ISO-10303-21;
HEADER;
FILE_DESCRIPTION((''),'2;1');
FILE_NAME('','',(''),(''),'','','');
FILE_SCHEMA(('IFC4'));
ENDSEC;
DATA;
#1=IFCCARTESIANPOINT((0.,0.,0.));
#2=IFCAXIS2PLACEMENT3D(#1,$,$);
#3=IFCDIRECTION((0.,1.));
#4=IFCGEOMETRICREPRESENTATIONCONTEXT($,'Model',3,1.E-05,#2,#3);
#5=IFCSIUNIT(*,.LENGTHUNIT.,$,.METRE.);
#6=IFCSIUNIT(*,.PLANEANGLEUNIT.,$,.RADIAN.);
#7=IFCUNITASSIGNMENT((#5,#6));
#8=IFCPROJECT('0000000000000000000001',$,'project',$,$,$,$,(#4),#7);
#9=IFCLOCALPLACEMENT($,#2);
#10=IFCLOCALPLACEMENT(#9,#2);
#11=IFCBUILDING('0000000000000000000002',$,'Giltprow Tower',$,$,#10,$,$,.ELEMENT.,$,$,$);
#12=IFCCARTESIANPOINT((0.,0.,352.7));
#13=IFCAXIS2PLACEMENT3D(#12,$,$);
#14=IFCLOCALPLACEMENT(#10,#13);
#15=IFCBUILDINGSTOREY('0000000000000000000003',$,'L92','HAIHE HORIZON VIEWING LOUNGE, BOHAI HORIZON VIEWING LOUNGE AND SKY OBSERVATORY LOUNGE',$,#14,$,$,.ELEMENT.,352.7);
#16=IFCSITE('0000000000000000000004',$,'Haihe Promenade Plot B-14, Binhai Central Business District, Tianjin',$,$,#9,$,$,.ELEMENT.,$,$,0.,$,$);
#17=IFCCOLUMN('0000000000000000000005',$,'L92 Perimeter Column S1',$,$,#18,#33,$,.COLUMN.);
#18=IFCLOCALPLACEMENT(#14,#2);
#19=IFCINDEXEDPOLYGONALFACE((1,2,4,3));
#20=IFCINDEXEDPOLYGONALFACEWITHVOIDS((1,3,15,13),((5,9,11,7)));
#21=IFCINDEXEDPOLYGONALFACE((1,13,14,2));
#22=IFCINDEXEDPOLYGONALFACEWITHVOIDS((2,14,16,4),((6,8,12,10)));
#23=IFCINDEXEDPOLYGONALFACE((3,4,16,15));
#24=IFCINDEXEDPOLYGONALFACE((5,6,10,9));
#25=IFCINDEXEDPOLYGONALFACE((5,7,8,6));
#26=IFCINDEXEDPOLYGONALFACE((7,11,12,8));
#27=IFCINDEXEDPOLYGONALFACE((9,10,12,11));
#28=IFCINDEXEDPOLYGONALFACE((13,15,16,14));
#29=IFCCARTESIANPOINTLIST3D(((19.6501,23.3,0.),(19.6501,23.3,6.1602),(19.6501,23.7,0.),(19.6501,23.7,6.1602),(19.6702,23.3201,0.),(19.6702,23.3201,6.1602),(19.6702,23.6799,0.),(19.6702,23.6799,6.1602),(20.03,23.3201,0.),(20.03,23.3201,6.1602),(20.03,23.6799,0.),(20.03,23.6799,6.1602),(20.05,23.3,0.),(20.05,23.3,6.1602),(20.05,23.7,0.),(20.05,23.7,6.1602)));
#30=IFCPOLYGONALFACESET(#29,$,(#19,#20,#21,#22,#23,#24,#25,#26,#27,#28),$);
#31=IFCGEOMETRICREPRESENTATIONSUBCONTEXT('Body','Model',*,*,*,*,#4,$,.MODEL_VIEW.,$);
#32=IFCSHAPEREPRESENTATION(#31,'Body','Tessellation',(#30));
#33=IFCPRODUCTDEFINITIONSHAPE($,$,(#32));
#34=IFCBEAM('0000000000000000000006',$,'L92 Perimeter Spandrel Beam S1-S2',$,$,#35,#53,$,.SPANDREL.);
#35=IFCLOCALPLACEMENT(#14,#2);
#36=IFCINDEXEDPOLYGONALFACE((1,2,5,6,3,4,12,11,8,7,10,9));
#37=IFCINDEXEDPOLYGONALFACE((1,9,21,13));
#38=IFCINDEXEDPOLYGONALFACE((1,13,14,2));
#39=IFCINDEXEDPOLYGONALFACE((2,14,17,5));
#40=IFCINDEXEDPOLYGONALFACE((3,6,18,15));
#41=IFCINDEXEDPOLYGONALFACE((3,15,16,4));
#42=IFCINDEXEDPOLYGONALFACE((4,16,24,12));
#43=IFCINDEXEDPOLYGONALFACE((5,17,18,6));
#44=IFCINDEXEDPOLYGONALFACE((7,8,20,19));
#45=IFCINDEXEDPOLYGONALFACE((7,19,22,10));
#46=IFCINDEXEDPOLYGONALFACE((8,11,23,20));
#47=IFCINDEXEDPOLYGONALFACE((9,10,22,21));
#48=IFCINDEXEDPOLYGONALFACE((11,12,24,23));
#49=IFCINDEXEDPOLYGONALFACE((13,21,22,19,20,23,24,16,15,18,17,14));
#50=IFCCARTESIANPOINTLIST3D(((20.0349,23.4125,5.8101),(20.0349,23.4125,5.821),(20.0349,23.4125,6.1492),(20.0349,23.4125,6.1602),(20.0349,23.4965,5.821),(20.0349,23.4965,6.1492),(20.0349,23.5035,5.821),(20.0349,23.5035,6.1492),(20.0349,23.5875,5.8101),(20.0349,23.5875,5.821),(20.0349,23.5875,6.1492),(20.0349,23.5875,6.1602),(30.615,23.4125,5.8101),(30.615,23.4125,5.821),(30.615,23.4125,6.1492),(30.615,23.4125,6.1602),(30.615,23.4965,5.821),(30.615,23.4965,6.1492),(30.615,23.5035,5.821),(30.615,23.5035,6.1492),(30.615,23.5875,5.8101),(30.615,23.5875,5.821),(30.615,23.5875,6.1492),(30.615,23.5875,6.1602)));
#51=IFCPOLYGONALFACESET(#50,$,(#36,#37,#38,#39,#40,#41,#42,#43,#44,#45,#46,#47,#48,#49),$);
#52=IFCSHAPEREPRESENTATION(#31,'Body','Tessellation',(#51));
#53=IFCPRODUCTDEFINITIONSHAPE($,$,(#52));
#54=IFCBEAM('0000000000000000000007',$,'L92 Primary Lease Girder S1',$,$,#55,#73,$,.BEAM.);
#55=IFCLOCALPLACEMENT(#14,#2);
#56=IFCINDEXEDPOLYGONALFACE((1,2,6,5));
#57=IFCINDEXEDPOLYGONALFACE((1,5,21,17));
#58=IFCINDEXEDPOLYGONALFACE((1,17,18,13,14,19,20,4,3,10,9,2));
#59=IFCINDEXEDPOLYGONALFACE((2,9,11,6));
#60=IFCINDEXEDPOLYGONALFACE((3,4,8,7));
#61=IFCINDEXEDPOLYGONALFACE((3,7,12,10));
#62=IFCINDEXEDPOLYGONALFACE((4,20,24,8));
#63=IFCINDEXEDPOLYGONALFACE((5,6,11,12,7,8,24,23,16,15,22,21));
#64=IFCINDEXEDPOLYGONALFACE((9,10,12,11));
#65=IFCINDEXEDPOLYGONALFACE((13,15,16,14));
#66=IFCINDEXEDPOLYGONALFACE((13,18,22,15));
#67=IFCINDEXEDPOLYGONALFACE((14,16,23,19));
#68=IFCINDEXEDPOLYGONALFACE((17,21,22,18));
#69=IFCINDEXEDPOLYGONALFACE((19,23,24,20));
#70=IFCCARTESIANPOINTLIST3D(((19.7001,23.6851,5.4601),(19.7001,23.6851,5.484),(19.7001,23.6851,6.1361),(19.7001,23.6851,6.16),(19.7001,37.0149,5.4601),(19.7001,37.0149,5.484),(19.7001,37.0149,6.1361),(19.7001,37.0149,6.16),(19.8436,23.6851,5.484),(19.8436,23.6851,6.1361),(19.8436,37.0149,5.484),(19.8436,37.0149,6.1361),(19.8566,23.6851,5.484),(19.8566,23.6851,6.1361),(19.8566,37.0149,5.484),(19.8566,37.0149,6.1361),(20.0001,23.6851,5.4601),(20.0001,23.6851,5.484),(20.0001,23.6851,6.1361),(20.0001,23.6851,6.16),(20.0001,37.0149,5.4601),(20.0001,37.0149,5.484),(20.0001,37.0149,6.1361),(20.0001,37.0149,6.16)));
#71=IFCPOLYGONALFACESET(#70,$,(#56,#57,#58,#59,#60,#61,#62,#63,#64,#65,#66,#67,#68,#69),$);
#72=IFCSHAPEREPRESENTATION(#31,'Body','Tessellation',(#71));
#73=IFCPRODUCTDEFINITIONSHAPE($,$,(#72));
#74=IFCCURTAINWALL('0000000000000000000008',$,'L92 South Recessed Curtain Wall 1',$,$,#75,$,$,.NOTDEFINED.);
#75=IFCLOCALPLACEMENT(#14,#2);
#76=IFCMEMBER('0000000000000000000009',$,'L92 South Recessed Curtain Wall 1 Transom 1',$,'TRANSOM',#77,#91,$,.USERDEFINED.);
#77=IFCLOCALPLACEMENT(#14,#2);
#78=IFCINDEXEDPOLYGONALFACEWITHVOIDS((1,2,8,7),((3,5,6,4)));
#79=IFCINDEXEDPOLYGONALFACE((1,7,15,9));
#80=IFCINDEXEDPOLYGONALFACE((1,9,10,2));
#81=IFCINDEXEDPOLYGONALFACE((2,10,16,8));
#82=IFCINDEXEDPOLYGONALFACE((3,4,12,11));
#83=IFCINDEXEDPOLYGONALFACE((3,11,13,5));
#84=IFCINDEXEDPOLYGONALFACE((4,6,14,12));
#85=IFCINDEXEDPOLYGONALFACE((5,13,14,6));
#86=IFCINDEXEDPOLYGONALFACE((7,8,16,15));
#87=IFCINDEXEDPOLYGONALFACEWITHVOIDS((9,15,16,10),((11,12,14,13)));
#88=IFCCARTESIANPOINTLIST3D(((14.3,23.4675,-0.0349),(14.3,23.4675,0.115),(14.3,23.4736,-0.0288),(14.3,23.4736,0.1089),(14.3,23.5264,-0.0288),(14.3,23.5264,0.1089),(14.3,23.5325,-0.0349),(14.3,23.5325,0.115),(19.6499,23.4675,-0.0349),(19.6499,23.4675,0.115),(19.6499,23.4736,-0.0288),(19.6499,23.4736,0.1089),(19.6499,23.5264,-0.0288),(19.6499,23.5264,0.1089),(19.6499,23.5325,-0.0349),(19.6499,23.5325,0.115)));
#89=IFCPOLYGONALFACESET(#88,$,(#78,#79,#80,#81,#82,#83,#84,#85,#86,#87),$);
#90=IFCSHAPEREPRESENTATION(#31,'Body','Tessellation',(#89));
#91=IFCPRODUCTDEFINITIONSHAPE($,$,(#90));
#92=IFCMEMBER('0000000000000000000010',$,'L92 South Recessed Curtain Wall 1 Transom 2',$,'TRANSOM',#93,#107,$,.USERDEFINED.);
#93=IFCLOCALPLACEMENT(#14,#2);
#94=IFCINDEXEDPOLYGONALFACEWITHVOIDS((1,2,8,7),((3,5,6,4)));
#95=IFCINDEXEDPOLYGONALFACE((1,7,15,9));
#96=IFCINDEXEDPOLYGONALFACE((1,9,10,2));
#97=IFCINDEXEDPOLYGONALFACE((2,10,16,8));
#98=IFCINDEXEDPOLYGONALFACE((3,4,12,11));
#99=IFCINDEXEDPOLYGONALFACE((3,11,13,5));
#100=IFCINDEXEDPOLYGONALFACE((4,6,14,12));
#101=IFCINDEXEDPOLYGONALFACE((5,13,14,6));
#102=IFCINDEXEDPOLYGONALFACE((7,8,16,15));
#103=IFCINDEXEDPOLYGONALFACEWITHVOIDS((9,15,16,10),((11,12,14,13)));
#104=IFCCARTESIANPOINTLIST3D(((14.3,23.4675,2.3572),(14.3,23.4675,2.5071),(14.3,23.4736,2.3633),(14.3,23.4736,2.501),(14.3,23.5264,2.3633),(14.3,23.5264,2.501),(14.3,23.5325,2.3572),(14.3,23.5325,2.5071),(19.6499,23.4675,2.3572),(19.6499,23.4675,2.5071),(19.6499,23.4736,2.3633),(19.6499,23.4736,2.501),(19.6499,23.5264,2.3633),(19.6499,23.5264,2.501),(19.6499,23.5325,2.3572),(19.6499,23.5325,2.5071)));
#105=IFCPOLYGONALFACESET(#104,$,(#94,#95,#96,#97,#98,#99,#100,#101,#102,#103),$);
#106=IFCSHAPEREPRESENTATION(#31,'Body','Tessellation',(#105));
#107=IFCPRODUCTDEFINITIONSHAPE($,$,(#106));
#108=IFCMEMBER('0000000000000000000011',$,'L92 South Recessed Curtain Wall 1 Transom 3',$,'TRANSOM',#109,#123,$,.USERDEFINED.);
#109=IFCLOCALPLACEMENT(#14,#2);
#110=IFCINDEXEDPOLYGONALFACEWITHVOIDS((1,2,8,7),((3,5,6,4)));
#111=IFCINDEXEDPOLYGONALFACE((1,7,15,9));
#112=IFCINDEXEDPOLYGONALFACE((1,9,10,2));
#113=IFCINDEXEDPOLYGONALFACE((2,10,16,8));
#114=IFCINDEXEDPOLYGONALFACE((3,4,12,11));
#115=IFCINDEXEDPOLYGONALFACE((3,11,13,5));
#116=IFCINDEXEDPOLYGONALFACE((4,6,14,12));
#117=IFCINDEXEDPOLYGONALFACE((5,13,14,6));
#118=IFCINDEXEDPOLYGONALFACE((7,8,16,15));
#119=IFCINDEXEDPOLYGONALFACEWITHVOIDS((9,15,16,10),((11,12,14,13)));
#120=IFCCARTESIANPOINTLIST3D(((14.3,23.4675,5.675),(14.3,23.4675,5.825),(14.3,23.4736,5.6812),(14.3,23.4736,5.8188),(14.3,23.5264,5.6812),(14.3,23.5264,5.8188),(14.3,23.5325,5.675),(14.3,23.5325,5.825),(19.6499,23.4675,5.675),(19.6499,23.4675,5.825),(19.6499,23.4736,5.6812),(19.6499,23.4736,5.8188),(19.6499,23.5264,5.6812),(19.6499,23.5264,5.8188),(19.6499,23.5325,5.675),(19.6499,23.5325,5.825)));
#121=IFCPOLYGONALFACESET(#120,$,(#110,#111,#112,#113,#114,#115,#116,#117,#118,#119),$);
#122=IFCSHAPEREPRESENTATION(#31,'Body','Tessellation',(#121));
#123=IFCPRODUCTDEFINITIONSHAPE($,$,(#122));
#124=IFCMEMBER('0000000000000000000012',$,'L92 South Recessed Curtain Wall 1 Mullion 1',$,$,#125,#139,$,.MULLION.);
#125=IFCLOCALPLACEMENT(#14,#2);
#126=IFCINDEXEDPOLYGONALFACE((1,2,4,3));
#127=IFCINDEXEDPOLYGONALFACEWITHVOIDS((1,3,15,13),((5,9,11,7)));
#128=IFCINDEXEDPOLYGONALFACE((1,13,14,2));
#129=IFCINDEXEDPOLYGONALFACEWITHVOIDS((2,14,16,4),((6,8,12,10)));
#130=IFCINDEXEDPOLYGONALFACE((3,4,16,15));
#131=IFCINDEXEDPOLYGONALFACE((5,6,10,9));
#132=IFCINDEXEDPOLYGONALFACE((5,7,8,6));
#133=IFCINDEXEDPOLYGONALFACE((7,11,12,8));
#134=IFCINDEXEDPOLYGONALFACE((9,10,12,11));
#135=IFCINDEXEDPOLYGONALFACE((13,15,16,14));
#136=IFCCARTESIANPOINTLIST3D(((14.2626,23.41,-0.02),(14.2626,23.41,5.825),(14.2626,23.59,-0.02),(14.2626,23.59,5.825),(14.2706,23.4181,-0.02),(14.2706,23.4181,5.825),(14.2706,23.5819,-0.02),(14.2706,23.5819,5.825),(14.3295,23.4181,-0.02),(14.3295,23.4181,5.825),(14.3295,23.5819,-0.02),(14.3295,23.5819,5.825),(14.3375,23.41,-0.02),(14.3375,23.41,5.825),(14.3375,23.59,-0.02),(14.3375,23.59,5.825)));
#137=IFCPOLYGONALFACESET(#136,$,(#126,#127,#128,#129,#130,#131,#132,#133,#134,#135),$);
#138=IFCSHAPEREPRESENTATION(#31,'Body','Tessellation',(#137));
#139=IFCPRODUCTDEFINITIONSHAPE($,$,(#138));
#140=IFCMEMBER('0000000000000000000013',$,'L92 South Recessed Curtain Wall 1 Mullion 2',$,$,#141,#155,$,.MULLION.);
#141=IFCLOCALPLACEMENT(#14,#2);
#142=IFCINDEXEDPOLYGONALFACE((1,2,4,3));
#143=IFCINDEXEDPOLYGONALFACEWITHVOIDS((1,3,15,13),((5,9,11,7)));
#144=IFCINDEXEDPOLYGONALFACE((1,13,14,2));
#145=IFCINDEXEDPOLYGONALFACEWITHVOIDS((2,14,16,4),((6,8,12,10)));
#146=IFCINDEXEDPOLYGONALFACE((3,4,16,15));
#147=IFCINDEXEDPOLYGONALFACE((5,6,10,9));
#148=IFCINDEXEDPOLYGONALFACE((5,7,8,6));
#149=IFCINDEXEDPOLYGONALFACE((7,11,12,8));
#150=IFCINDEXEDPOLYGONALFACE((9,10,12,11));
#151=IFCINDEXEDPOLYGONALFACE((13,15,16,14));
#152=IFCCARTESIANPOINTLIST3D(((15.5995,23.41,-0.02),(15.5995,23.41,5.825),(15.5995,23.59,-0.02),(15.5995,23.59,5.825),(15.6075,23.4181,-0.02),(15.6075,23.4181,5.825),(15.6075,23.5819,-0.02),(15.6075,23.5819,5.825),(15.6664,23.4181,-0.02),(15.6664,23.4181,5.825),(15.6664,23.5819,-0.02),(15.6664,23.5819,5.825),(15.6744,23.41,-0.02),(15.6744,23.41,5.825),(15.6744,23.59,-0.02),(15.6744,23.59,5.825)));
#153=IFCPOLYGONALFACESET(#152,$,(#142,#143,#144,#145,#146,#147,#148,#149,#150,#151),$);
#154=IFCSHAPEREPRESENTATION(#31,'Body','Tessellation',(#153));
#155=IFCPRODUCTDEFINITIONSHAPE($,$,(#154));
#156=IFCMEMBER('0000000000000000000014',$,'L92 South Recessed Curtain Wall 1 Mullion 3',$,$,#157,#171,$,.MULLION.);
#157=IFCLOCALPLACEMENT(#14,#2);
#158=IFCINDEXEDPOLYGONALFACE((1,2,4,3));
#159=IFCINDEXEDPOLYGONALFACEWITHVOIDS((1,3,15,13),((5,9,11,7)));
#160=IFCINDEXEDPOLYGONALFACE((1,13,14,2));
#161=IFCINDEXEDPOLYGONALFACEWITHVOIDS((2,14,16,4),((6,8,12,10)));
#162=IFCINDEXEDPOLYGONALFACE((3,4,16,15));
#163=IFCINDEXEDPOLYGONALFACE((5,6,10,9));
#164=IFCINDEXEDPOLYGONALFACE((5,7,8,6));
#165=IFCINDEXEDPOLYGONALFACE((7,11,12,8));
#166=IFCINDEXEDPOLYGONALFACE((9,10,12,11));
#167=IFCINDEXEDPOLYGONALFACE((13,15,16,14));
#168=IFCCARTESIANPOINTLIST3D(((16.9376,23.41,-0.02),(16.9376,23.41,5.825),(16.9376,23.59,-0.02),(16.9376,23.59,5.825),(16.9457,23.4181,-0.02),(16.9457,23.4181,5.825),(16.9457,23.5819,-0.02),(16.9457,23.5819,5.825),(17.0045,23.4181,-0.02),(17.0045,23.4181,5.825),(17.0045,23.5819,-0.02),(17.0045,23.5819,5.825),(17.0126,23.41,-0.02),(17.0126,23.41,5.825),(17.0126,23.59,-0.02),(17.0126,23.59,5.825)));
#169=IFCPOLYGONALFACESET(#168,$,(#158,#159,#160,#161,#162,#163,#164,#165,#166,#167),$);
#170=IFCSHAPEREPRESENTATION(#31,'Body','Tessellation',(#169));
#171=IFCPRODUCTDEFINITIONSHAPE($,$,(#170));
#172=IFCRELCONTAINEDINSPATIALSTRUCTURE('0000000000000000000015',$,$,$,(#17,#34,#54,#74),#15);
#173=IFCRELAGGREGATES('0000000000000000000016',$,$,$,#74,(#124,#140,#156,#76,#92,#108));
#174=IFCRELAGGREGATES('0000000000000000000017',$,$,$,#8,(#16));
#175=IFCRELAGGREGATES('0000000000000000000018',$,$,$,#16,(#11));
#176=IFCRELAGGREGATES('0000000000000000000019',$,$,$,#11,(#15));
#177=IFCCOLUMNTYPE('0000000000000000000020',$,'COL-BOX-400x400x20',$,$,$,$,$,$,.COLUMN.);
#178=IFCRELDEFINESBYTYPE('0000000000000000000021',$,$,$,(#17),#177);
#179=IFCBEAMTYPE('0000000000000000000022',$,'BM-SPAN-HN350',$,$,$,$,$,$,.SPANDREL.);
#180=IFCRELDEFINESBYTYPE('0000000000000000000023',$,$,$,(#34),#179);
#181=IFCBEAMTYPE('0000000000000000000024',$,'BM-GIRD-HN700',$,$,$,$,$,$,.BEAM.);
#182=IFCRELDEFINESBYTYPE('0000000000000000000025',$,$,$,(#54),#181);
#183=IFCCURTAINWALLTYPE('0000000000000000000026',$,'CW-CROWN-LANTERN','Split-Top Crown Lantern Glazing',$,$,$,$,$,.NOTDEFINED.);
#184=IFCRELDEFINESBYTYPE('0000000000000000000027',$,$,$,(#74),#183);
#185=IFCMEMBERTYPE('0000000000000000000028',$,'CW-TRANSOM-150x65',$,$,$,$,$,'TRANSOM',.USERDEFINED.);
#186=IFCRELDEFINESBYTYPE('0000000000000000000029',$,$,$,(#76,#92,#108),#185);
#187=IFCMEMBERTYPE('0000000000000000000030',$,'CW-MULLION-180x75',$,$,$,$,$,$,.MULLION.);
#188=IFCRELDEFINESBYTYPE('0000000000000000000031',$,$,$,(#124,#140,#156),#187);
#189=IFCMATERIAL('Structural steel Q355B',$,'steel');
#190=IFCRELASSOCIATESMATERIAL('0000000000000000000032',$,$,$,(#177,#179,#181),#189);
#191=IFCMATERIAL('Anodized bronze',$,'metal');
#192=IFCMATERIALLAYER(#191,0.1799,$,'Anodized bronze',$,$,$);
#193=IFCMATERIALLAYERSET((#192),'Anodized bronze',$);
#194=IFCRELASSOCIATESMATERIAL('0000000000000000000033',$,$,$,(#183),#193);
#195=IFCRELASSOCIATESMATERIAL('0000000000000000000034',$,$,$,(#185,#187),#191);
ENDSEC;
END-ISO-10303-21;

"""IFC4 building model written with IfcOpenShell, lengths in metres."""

from ifc_helpers import new_model, si_unit, direction, frame, origin, origin_2d, place, context, subcontext, project, spatial, hollow_rectangle, i_section, extrude, source, transform, mapped, material, layer, layer_set, material_profile, profile_set, type_object, element, aggregate, save


model = new_model("IFC4")

# Units and contexts
model_context = context("Model", 3, precision=1e-05, world=origin(), true_north=direction((0.0, 1.0)))
body_context = subcontext(model_context, "Body", "Model", "MODEL_VIEW")
ifc_project = project(units=[si_unit("LENGTHUNIT", "METRE"), si_unit("PLANEANGLEUNIT", "RADIAN")], contexts=[model_context])

# Site, building, storey
site_placement = place(None, origin())
site = spatial("IfcSite", under=ifc_project, at=site_placement, Name="Haihe Promenade Plot B-14, Binhai Central Business District, Tianjin", CompositionType="ELEMENT", RefElevation=0.0)
building_placement = place(site_placement, origin())
building = spatial("IfcBuilding", under=site, at=building_placement, Name="Giltprow Tower", CompositionType="ELEMENT")
storey_placement = place(building_placement, frame((0.0, 0.0, 352.7)))
storey = spatial("IfcBuildingStorey", under=building, at=storey_placement, Name="L92", Description="HAIHE HORIZON VIEWING LOUNGE, BOHAI HORIZON VIEWING LOUNGE AND SKY OBSERVATORY LOUNGE", CompositionType="ELEMENT", Elevation=352.7)

# Column
ifc_material_1 = material(Name="Structural steel Q355B", Category="steel")
ifc_material_profile_1 = material_profile(ifc_material_1, hollow_rectangle(XDim=0.3999, YDim=0.3999, WallThickness=0.02, at=origin_2d()), Name="BOX 400x400x20")
ifc_profile_set_1 = profile_set([ifc_material_profile_1], Name="Structural steel Q355B")
column_type = type_object("IfcColumnType", Name="COL-BOX-400x400x20", PredefinedType="COLUMN", material=ifc_profile_set_1)
shared_shape_1 = source(origin(), body_context, "Body", "SweptSolid", [
    extrude(hollow_rectangle(XDim=0.3999, YDim=0.3999, WallThickness=0.02, at=origin_2d()), origin(), (0.0, 0.0, 1.0), 6.1602),
])
column_placement = place(storey_placement, frame((19.8501, 23.5, 0.0), z_axis=(0.0, 0.0, 1.0), x_axis=(1.0, 0.0, 0.0)))
element("IfcColumn", 1, at=column_placement, inside=storey, type_object=column_type, Name="L92 Perimeter Column S1", PredefinedType="COLUMN", context=body_context, shape_type="MappedRepresentation", body=[
    mapped(shared_shape_1, transform((0.0, 0.0, 0.0), x_axis=(1.0, 0.0, 0.0), y_axis=(0.0, 1.0, 0.0), z_axis=(0.0, 0.0, 1.0), scale=1.0)),
])

# Beams
ifc_material_profile_2 = material_profile(ifc_material_1, i_section(OverallWidth=0.175, OverallDepth=0.3501, WebThickness=0.0071, FlangeThickness=0.011, at=origin_2d()), Name="HN 350x175x7x11")
ifc_profile_set_2 = profile_set([ifc_material_profile_2], Name="Structural steel Q355B")
beam_type_1 = type_object("IfcBeamType", Name="BM-SPAN-HN350", PredefinedType="SPANDREL", material=ifc_profile_set_2)
shared_shape_2 = source(origin(), body_context, "Body", "SweptSolid", [
    extrude(i_section(OverallWidth=0.175, OverallDepth=0.3501, WebThickness=0.0071, FlangeThickness=0.011, at=origin_2d()), origin(), (0.0, 0.0, 1.0), 10.5801),
])
beam_1_placement = place(storey_placement, frame((20.0349, 23.5, 5.9851), z_axis=(1.0, 0.0, 0.0), x_axis=(0.0, 1.0, 0.0)))
element("IfcBeam", 2, at=beam_1_placement, inside=storey, type_object=beam_type_1, Name="L92 Perimeter Spandrel Beam S1-S2", PredefinedType="SPANDREL", context=body_context, shape_type="MappedRepresentation", body=[
    mapped(shared_shape_2, transform((0.0, 0.0, 0.0), x_axis=(1.0, 0.0, 0.0), y_axis=(0.0, 1.0, 0.0), z_axis=(0.0, 0.0, 1.0), scale=1.0)),
])
ifc_material_profile_3 = material_profile(ifc_material_1, i_section(OverallWidth=0.3, OverallDepth=0.7, WebThickness=0.0129, FlangeThickness=0.0239, at=origin_2d()), Name="HN 700x300x13x24")
ifc_profile_set_3 = profile_set([ifc_material_profile_3], Name="Structural steel Q355B")
beam_type_2 = type_object("IfcBeamType", Name="BM-GIRD-HN700", PredefinedType="BEAM", material=ifc_profile_set_3)
shared_shape_3 = source(origin(), body_context, "Body", "SweptSolid", [
    extrude(i_section(OverallWidth=0.3, OverallDepth=0.7, WebThickness=0.0129, FlangeThickness=0.0239, at=origin_2d()), origin(), (0.0, 0.0, 1.0), 13.3298),
])
beam_2_placement = place(storey_placement, frame((19.8501, 23.6851, 5.8101), z_axis=(0.0, 1.0, 0.0), x_axis=(-1.0, 0.0, 0.0)))
element("IfcBeam", 3, at=beam_2_placement, inside=storey, type_object=beam_type_2, Name="L92 Primary Lease Girder S1", PredefinedType="BEAM", context=body_context, shape_type="MappedRepresentation", body=[
    mapped(shared_shape_3, transform((0.0, 0.0, 0.0), x_axis=(1.0, 0.0, 0.0), y_axis=(0.0, 1.0, 0.0), z_axis=(0.0, 0.0, 1.0), scale=1.0)),
])

# Curtain wall, members
ifc_material_2 = material(Name="Anodized bronze", Category="metal")
ifc_layer_1 = layer(ifc_material_2, 0.1799, Name="Anodized bronze")
ifc_layer_set_1 = layer_set([ifc_layer_1], Name="Anodized bronze")
curtain_wall_type = type_object("IfcCurtainWallType", Name="CW-CROWN-LANTERN", Description="Split-Top Crown Lantern Glazing", PredefinedType="NOTDEFINED", material=ifc_layer_set_1)
curtain_wall_1_placement = place(storey_placement, origin())
curtain_wall_1 = element("IfcCurtainWall", 4, at=curtain_wall_1_placement, inside=storey, type_object=curtain_wall_type, Name="L92 South Recessed Curtain Wall 1", PredefinedType="NOTDEFINED")
ifc_material_profile_4 = material_profile(ifc_material_2, hollow_rectangle(XDim=0.0649, YDim=0.1499, WallThickness=0.0061, at=origin_2d()), Name="RHS 150x65x6")
ifc_profile_set_4 = profile_set([ifc_material_profile_4], Name="Anodized bronze")
member_type_1 = type_object("IfcMemberType", Name="CW-TRANSOM-150x65", ElementType="TRANSOM", PredefinedType="USERDEFINED", material=ifc_profile_set_4)
shared_shape_4 = source(origin(), body_context, "Body", "SweptSolid", [
    extrude(hollow_rectangle(XDim=0.0649, YDim=0.1499, WallThickness=0.0061, at=origin_2d()), origin(), (0.0, 0.0, 1.0), 5.3499),
])
member_1_placement = place(storey_placement, frame((14.3, 23.5, 0.04), z_axis=(1.0, 0.0, 0.0), x_axis=(0.0, 1.0, 0.0)))
member_1 = element("IfcMember", 5, at=member_1_placement, type_object=member_type_1, Name="L92 South Recessed Curtain Wall 1 Transom 1", ObjectType="TRANSOM", PredefinedType="USERDEFINED", context=body_context, shape_type="MappedRepresentation", body=[
    mapped(shared_shape_4, transform((0.0, 0.0, 0.0), x_axis=(1.0, 0.0, 0.0), y_axis=(0.0, 1.0, 0.0), z_axis=(0.0, 0.0, 1.0), scale=1.0)),
])
member_2_placement = place(storey_placement, frame((14.3, 23.5, 2.4321), z_axis=(1.0, 0.0, 0.0), x_axis=(0.0, 1.0, 0.0)))
member_2 = element("IfcMember", 6, at=member_2_placement, type_object=member_type_1, Name="L92 South Recessed Curtain Wall 1 Transom 2", ObjectType="TRANSOM", PredefinedType="USERDEFINED", context=body_context, shape_type="MappedRepresentation", body=[
    mapped(shared_shape_4, transform((0.0, 0.0, 0.0), x_axis=(1.0, 0.0, 0.0), y_axis=(0.0, 1.0, 0.0), z_axis=(0.0, 0.0, 1.0), scale=1.0)),
])
member_3_placement = place(storey_placement, frame((14.3, 23.5, 5.75), z_axis=(1.0, 0.0, 0.0), x_axis=(0.0, 1.0, 0.0)))
member_3 = element("IfcMember", 7, at=member_3_placement, type_object=member_type_1, Name="L92 South Recessed Curtain Wall 1 Transom 3", ObjectType="TRANSOM", PredefinedType="USERDEFINED", context=body_context, shape_type="MappedRepresentation", body=[
    mapped(shared_shape_4, transform((0.0, 0.0, 0.0), x_axis=(1.0, 0.0, 0.0), y_axis=(0.0, 1.0, 0.0), z_axis=(0.0, 0.0, 1.0), scale=1.0)),
])
ifc_material_profile_5 = material_profile(ifc_material_2, hollow_rectangle(XDim=0.075, YDim=0.1799, WallThickness=0.0081, at=origin_2d()), Name="RHS 180x75x8")
ifc_profile_set_5 = profile_set([ifc_material_profile_5], Name="Anodized bronze")
member_type_2 = type_object("IfcMemberType", Name="CW-MULLION-180x75", PredefinedType="MULLION", material=ifc_profile_set_5)
shared_shape_5 = source(origin(), body_context, "Body", "SweptSolid", [
    extrude(hollow_rectangle(XDim=0.075, YDim=0.1799, WallThickness=0.0081, at=origin_2d()), origin(), (0.0, 0.0, 1.0), 5.845),
])
member_4_placement = place(storey_placement, frame((14.3, 23.5, -0.02), z_axis=(0.0, 0.0, 1.0), x_axis=(1.0, 0.0, 0.0)))
member_4 = element("IfcMember", 8, at=member_4_placement, type_object=member_type_2, Name="L92 South Recessed Curtain Wall 1 Mullion 1", PredefinedType="MULLION", context=body_context, shape_type="MappedRepresentation", body=[
    mapped(shared_shape_5, transform((0.0, 0.0, 0.0), x_axis=(1.0, 0.0, 0.0), y_axis=(0.0, 1.0, 0.0), z_axis=(0.0, 0.0, 1.0), scale=1.0)),
])
member_5_placement = place(storey_placement, frame((15.637, 23.5, -0.02), z_axis=(0.0, 0.0, 1.0), x_axis=(1.0, 0.0, 0.0)))
member_5 = element("IfcMember", 9, at=member_5_placement, type_object=member_type_2, Name="L92 South Recessed Curtain Wall 1 Mullion 2", PredefinedType="MULLION", context=body_context, shape_type="MappedRepresentation", body=[
    mapped(shared_shape_5, transform((0.0, 0.0, 0.0), x_axis=(1.0, 0.0, 0.0), y_axis=(0.0, 1.0, 0.0), z_axis=(0.0, 0.0, 1.0), scale=1.0)),
])
member_6_placement = place(storey_placement, frame((16.9751, 23.5, -0.02), z_axis=(0.0, 0.0, 1.0), x_axis=(1.0, 0.0, 0.0)))
member_6 = element("IfcMember", 10, at=member_6_placement, type_object=member_type_2, Name="L92 South Recessed Curtain Wall 1 Mullion 3", PredefinedType="MULLION", context=body_context, shape_type="MappedRepresentation", body=[
    mapped(shared_shape_5, transform((0.0, 0.0, 0.0), x_axis=(1.0, 0.0, 0.0), y_axis=(0.0, 1.0, 0.0), z_axis=(0.0, 0.0, 1.0), scale=1.0)),
])

aggregate(curtain_wall_1, [member_4, member_5, member_6, member_1, member_2, member_3])

save(model, "model.ifc")
